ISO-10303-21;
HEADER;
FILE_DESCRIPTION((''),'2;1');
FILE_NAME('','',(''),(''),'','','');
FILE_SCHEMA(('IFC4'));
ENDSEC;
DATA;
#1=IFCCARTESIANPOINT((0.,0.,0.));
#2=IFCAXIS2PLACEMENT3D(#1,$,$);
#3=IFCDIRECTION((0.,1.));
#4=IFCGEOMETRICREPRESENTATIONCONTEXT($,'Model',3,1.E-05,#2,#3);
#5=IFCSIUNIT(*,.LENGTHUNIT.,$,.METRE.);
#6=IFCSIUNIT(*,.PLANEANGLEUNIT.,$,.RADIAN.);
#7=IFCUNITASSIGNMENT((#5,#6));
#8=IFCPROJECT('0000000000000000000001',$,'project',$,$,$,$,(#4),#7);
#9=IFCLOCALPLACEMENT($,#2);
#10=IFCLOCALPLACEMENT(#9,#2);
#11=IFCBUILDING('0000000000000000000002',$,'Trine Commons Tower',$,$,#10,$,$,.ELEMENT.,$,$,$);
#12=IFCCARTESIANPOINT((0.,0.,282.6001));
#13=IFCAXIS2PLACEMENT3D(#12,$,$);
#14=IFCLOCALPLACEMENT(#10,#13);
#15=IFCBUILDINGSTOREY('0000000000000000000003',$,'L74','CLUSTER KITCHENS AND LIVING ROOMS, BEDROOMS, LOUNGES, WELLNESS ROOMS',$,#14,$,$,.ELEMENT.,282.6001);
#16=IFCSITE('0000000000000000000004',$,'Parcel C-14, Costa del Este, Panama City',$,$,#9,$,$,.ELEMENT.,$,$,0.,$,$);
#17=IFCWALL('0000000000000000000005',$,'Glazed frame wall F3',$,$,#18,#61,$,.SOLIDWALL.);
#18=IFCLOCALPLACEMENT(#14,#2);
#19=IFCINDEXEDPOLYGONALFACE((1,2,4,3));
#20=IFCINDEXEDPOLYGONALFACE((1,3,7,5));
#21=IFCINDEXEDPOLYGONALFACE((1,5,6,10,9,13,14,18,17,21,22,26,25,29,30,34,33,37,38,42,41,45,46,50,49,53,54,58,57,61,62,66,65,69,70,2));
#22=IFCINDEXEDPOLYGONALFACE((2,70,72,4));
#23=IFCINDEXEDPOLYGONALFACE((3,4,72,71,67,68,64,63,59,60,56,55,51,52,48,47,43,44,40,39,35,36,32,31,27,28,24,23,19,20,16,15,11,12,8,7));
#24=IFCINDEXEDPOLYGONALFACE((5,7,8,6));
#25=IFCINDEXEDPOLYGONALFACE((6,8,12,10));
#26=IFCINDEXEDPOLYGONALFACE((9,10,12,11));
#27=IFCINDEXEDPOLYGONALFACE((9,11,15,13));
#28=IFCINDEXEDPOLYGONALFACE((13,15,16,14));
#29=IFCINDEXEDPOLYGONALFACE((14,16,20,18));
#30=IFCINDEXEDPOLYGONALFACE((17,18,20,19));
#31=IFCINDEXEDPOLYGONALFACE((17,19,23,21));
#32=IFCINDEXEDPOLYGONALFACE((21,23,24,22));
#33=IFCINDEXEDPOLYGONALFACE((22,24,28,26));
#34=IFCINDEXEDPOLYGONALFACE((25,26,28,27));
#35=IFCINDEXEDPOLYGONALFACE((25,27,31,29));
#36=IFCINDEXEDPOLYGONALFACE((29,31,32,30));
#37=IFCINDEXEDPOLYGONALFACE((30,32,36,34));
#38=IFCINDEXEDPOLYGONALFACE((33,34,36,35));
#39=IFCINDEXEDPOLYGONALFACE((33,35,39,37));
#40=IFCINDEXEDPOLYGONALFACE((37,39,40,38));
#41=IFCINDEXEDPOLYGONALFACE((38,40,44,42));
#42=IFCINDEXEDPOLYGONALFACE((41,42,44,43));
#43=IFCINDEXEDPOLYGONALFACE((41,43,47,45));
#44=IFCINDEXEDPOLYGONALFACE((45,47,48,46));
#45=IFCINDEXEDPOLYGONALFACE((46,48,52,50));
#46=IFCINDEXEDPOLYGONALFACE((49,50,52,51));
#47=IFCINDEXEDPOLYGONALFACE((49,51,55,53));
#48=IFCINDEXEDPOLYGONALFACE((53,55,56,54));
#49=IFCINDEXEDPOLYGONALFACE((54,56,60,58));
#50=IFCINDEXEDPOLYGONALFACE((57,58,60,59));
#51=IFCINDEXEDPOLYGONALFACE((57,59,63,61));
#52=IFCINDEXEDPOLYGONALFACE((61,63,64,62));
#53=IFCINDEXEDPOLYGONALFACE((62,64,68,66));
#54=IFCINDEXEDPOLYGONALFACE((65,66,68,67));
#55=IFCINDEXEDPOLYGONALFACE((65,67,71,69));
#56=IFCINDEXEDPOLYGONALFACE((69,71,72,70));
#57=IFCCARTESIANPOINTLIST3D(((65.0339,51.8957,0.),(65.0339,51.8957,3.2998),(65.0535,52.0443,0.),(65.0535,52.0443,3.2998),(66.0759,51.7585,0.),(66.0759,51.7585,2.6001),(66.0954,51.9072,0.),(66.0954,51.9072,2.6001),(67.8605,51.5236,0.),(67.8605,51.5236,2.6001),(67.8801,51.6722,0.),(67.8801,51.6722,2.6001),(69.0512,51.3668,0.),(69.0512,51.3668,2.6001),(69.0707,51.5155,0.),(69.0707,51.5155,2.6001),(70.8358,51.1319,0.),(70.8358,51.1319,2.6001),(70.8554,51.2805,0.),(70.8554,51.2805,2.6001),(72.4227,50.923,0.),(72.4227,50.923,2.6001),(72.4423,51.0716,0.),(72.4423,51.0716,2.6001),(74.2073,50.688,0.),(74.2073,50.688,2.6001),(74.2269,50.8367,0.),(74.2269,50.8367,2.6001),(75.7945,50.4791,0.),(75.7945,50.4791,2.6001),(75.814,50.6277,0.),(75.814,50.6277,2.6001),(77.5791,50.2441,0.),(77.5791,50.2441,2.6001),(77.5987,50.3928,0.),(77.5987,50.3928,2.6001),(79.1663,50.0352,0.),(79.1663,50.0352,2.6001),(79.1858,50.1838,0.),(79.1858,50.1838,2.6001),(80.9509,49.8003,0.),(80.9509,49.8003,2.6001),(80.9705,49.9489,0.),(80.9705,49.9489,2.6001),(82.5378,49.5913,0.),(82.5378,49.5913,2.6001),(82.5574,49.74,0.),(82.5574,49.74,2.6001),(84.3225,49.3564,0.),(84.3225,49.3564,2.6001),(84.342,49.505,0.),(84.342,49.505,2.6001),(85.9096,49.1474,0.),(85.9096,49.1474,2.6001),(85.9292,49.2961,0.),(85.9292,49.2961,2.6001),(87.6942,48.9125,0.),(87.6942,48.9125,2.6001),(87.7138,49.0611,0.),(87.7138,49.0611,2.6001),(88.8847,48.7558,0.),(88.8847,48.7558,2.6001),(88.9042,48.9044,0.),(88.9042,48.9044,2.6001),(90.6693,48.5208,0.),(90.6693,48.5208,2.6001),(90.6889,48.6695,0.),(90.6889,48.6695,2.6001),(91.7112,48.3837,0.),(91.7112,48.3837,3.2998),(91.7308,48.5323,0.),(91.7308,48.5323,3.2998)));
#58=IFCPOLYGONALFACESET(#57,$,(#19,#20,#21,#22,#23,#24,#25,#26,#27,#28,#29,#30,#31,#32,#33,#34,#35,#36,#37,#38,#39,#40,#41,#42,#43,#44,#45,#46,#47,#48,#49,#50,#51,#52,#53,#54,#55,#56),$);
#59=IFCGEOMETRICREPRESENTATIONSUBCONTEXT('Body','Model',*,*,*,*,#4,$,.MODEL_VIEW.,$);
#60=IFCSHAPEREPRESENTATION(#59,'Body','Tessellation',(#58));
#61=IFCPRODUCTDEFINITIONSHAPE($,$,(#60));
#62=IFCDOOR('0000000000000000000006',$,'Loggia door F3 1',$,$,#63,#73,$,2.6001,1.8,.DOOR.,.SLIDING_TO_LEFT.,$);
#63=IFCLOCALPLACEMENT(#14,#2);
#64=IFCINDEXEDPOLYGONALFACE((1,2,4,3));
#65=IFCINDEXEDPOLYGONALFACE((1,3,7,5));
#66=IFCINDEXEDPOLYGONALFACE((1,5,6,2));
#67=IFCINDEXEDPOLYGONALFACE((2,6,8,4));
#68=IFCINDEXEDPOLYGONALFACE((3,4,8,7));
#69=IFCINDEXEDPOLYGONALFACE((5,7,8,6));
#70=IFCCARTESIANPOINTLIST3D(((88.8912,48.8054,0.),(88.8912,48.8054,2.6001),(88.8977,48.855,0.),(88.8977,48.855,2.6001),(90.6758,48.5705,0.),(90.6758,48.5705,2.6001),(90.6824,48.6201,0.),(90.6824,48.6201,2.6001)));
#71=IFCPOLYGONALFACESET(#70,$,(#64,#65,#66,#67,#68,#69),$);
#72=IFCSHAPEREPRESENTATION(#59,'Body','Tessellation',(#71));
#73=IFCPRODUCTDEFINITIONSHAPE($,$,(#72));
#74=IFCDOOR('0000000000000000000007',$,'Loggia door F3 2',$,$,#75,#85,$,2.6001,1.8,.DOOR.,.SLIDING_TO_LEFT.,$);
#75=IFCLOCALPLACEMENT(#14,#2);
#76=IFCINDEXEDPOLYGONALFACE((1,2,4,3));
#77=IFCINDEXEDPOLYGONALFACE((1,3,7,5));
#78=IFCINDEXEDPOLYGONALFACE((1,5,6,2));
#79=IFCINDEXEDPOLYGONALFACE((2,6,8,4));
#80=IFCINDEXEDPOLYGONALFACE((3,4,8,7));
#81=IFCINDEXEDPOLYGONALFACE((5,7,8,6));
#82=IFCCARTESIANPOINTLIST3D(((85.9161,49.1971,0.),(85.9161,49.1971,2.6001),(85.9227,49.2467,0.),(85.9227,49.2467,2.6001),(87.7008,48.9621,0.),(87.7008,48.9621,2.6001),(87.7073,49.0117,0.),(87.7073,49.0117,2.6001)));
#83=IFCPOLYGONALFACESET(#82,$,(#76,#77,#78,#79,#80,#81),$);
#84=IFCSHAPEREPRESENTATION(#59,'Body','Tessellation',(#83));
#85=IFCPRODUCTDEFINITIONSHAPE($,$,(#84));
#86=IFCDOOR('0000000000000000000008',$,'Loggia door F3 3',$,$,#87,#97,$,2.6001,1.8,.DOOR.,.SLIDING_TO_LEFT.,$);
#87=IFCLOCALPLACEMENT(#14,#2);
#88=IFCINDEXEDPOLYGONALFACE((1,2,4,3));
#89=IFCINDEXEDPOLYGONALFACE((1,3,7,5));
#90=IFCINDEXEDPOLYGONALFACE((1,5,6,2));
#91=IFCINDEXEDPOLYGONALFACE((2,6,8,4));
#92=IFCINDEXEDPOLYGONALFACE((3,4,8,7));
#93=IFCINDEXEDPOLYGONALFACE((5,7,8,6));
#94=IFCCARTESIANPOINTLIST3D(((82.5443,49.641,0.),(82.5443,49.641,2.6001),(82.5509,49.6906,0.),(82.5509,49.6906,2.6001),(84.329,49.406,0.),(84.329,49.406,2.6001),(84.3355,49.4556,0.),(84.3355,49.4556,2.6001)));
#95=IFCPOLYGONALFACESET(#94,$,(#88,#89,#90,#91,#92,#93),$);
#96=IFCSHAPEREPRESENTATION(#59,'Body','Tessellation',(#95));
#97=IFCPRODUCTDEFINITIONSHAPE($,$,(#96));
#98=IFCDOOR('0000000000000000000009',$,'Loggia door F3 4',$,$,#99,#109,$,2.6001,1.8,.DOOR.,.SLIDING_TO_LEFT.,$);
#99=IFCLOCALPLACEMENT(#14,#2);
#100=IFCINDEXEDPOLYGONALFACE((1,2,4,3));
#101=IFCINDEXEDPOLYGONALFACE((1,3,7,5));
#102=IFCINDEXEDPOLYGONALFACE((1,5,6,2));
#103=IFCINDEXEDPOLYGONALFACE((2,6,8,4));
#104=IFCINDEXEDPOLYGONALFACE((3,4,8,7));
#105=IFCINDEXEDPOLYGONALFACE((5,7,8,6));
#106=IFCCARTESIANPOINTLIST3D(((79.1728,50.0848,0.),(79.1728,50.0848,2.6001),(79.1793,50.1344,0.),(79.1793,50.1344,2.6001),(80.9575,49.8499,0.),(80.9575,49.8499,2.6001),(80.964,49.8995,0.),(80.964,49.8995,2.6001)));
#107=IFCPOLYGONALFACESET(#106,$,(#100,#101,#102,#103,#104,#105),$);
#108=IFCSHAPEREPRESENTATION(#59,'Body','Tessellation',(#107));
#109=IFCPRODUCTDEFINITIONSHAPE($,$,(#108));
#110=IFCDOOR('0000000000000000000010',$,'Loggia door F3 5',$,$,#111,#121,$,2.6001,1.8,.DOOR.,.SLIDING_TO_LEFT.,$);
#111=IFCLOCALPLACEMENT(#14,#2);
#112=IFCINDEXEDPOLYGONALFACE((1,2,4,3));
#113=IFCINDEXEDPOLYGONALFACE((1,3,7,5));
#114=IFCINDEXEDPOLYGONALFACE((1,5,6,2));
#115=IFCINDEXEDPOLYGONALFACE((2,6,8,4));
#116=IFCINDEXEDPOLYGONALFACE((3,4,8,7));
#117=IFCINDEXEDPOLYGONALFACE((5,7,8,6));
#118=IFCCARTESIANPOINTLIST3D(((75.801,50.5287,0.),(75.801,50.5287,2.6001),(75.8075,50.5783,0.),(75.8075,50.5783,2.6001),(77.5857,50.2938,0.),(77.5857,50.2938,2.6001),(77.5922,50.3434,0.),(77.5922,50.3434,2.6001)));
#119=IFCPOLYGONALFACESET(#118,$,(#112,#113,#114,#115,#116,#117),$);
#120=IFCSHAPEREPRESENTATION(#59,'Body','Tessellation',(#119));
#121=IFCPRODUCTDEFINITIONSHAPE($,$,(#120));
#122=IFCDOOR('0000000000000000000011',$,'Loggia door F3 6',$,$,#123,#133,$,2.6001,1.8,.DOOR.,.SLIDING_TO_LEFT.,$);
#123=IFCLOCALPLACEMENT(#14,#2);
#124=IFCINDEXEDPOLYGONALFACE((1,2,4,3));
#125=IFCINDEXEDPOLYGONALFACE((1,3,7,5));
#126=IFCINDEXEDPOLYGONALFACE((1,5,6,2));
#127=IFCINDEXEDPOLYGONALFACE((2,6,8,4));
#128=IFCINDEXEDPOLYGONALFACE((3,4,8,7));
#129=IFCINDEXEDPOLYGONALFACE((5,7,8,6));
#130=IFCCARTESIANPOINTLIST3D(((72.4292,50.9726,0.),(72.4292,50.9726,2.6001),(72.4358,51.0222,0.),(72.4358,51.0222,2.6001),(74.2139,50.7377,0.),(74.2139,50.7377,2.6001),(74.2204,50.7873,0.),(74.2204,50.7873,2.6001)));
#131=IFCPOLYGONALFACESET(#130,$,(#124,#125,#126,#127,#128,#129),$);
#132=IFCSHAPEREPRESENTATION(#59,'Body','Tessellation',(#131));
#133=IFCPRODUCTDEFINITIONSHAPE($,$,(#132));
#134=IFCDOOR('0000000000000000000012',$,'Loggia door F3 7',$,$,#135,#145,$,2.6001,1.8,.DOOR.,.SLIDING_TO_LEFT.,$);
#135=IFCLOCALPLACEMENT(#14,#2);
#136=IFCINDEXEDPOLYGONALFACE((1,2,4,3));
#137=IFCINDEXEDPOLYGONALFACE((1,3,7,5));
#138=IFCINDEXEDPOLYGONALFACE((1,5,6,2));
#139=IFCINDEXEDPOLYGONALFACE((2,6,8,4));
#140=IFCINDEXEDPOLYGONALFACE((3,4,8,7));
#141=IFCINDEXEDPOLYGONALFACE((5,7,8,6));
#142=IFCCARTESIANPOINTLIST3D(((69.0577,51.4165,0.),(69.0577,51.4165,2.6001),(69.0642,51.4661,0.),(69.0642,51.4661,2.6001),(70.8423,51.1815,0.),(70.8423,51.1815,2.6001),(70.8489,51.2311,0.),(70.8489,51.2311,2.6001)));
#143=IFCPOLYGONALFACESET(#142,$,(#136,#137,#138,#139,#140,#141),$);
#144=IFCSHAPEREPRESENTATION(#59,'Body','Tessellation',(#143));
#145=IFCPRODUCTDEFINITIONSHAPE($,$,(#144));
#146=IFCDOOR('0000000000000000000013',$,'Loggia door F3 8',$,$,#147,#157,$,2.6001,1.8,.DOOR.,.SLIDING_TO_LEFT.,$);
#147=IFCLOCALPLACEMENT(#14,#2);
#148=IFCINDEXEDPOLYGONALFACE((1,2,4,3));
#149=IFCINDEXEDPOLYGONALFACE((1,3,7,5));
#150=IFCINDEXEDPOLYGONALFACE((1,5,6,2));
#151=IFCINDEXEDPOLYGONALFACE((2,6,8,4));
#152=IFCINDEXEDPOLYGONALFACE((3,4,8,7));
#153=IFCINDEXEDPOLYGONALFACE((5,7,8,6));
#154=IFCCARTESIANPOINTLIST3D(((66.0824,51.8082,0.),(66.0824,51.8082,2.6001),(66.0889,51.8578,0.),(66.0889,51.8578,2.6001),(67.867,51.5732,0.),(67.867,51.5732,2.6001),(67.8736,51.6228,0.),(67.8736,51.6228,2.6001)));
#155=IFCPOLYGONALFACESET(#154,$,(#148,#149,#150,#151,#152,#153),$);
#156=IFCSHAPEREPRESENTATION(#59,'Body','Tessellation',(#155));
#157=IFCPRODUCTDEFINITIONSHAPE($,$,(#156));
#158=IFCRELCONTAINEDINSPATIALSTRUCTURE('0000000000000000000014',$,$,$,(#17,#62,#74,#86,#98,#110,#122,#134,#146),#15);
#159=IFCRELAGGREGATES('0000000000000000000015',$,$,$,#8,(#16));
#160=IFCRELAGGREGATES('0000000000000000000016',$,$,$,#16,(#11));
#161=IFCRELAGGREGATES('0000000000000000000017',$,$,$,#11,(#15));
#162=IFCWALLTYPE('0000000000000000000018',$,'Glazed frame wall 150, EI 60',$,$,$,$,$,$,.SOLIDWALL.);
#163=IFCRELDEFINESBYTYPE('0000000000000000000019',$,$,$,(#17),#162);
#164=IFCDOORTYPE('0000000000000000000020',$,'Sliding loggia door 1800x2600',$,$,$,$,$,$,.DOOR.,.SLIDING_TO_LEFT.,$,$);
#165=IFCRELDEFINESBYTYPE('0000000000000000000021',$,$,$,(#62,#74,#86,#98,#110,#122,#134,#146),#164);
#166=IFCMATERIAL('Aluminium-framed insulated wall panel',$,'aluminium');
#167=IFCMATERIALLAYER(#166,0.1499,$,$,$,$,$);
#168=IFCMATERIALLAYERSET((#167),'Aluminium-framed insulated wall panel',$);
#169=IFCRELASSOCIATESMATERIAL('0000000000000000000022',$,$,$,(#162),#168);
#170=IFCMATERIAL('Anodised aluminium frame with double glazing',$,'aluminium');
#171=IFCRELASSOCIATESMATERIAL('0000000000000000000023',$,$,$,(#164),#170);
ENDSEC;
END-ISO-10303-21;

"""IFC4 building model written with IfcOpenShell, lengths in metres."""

from ifc_helpers import new_model, si_unit, direction, frame, frame_2d, origin, place, context, subcontext, project, spatial, polyline, rectangle, outline, extrude, material, layer, layer_set, type_object, element, fill, save


model = new_model("IFC4")

# Units and contexts
model_context = context("Model", 3, precision=1e-05, world=origin(), true_north=direction((0.0, 1.0)))
body_context = subcontext(model_context, "Body", "Model", "MODEL_VIEW")
ifc_project = project(units=[si_unit("LENGTHUNIT", "METRE"), si_unit("PLANEANGLEUNIT", "RADIAN")], contexts=[model_context])

# Site, building, storey
site_placement = place(None, origin())
site = spatial("IfcSite", under=ifc_project, at=site_placement, Name="Parcel C-14, Costa del Este, Panama City", CompositionType="ELEMENT", RefElevation=0.0)
building_placement = place(site_placement, origin())
building = spatial("IfcBuilding", under=site, at=building_placement, Name="Trine Commons Tower", CompositionType="ELEMENT")
storey_placement = place(building_placement, frame((0.0, 0.0, 282.6001)))
storey = spatial("IfcBuildingStorey", under=building, at=storey_placement, Name="L74", Description="CLUSTER KITCHENS AND LIVING ROOMS, BEDROOMS, LOUNGES, WELLNESS ROOMS", CompositionType="ELEMENT", Elevation=282.6001)

# Shared definitions
ifc_material_1 = material(Name="Aluminium-framed insulated wall panel", Category="aluminium")
ifc_layer_1 = layer(ifc_material_1, 0.1499)
ifc_layer_set_1 = layer_set([ifc_layer_1], Name="Aluminium-framed insulated wall panel")
wall_type_1 = type_object("IfcWallType", Name="Glazed frame wall 150, EI 60", PredefinedType="SOLIDWALL", material=ifc_layer_set_1)

# Shared definitions
ifc_material_2 = material(Name="Anodised aluminium frame with double glazing", Category="aluminium")
door_type = type_object("IfcDoorType", Name="Sliding loggia door 1800x2600", OperationType="SLIDING_TO_LEFT", PredefinedType="DOOR", material=ifc_material_2)

# Wall, openings, doors
wall_1_placement = place(storey_placement, frame((91.8691, 48.4385, 0.0), z_axis=(0.0, 0.0, 1.0), x_axis=(-0.991445, 0.130523, 0.0)))
wall_1 = element("IfcWall", 1, at=wall_1_placement, inside=storey, type_object=wall_type_1, Name="Glazed frame wall F3", PredefinedType="SOLIDWALL", context=body_context, shape_type="SweptSolid", body=[
    extrude(outline(polyline([(0.1494, 0.075), (0.1494, -0.075), (27.0569, -0.075), (27.0569, 0.075), (0.1494, 0.075)])), origin(), (0.0, 0.0, 1.0), 3.2998),
])
opening_1_placement = place(wall_1_placement, frame((1.2004, 0.0, 0.0)))
opening_1 = element("IfcOpeningElement", 2, at=opening_1_placement, cuts=wall_1, PredefinedType="OPENING", context=body_context, shape_type="SweptSolid", body=[
    extrude(rectangle(XDim=1.8, YDim=2.6001, at=frame_2d((0.8999, 1.3))), frame((0.0, 0.085, 0.0), z_axis=(0.0, -1.0, 0.0), x_axis=(1.0, 0.0, 0.0)), (0.0, 0.0, 1.0), 0.1699),
])
opening_2_placement = place(wall_1_placement, frame((4.2012, 0.0, 0.0)))
opening_2 = element("IfcOpeningElement", 3, at=opening_2_placement, cuts=wall_1, PredefinedType="OPENING", context=body_context, shape_type="SweptSolid", body=[
    extrude(rectangle(XDim=1.8, YDim=2.6001, at=frame_2d((0.8999, 1.3))), frame((0.0, 0.085, 0.0), z_axis=(0.0, -1.0, 0.0), x_axis=(1.0, 0.0, 0.0)), (0.0, 0.0, 1.0), 0.1699),
])
opening_3_placement = place(wall_1_placement, frame((7.6021, 0.0, 0.0)))
opening_3 = element("IfcOpeningElement", 4, at=opening_3_placement, cuts=wall_1, PredefinedType="OPENING", context=body_context, shape_type="SweptSolid", body=[
    extrude(rectangle(XDim=1.8, YDim=2.6001, at=frame_2d((0.8999, 1.3))), frame((0.0, 0.085, 0.0), z_axis=(0.0, -1.0, 0.0), x_axis=(1.0, 0.0, 0.0)), (0.0, 0.0, 1.0), 0.1699),
])
opening_4_placement = place(wall_1_placement, frame((11.0027, 0.0, 0.0)))
opening_4 = element("IfcOpeningElement", 5, at=opening_4_placement, cuts=wall_1, PredefinedType="OPENING", context=body_context, shape_type="SweptSolid", body=[
    extrude(rectangle(XDim=1.8, YDim=2.6001, at=frame_2d((0.8999, 1.3))), frame((0.0, 0.085, 0.0), z_axis=(0.0, -1.0, 0.0), x_axis=(1.0, 0.0, 0.0)), (0.0, 0.0, 1.0), 0.1699),
])
opening_5_placement = place(wall_1_placement, frame((14.4036, 0.0, 0.0)))
opening_5 = element("IfcOpeningElement", 6, at=opening_5_placement, cuts=wall_1, PredefinedType="OPENING", context=body_context, shape_type="SweptSolid", body=[
    extrude(rectangle(XDim=1.8, YDim=2.6001, at=frame_2d((0.8999, 1.3))), frame((0.0, 0.085, 0.0), z_axis=(0.0, -1.0, 0.0), x_axis=(1.0, 0.0, 0.0)), (0.0, 0.0, 1.0), 0.1699),
])
opening_6_placement = place(wall_1_placement, frame((17.8044, 0.0, 0.0)))
opening_6 = element("IfcOpeningElement", 7, at=opening_6_placement, cuts=wall_1, PredefinedType="OPENING", context=body_context, shape_type="SweptSolid", body=[
    extrude(rectangle(XDim=1.8, YDim=2.6001, at=frame_2d((0.8999, 1.3))), frame((0.0, 0.085, 0.0), z_axis=(0.0, -1.0, 0.0), x_axis=(1.0, 0.0, 0.0)), (0.0, 0.0, 1.0), 0.1699),
])
opening_7_placement = place(wall_1_placement, frame((21.2051, 0.0, 0.0)))
opening_7 = element("IfcOpeningElement", 8, at=opening_7_placement, cuts=wall_1, PredefinedType="OPENING", context=body_context, shape_type="SweptSolid", body=[
    extrude(rectangle(XDim=1.8, YDim=2.6001, at=frame_2d((0.8999, 1.3))), frame((0.0, 0.085, 0.0), z_axis=(0.0, -1.0, 0.0), x_axis=(1.0, 0.0, 0.0)), (0.0, 0.0, 1.0), 0.1699),
])
opening_8_placement = place(wall_1_placement, frame((24.2061, 0.0, 0.0)))
opening_8 = element("IfcOpeningElement", 9, at=opening_8_placement, cuts=wall_1, PredefinedType="OPENING", context=body_context, shape_type="SweptSolid", body=[
    extrude(rectangle(XDim=1.8, YDim=2.6001, at=frame_2d((0.8999, 1.3))), frame((0.0, 0.085, 0.0), z_axis=(0.0, -1.0, 0.0), x_axis=(1.0, 0.0, 0.0)), (0.0, 0.0, 1.0), 0.1699),
])
door_1_placement = place(opening_1_placement, origin())
door_1 = element("IfcDoor", 10, at=door_1_placement, inside=storey, type_object=door_type, Name="Loggia door F3 1", OperationType="SLIDING_TO_LEFT", OverallHeight=2.6001, OverallWidth=1.8, PredefinedType="DOOR", context=body_context, shape_type="SweptSolid", body=[
    extrude(rectangle(XDim=1.8, YDim=2.6001, at=frame_2d((0.8999, 1.3))), frame((0.0, 0.0249, 0.0), z_axis=(0.0, -1.0, 0.0), x_axis=(1.0, 0.0, 0.0)), (0.0, 0.0, 1.0), 0.05),
])
fill(opening_1, door_1)
door_2_placement = place(opening_2_placement, origin())
door_2 = element("IfcDoor", 11, at=door_2_placement, inside=storey, type_object=door_type, Name="Loggia door F3 2", OperationType="SLIDING_TO_LEFT", OverallHeight=2.6001, OverallWidth=1.8, PredefinedType="DOOR", context=body_context, shape_type="SweptSolid", body=[
    extrude(rectangle(XDim=1.8, YDim=2.6001, at=frame_2d((0.8999, 1.3))), frame((0.0, 0.0249, 0.0), z_axis=(0.0, -1.0, 0.0), x_axis=(1.0, 0.0, 0.0)), (0.0, 0.0, 1.0), 0.05),
])
fill(opening_2, door_2)
door_3_placement = place(opening_3_placement, origin())
door_3 = element("IfcDoor", 12, at=door_3_placement, inside=storey, type_object=door_type, Name="Loggia door F3 3", OperationType="SLIDING_TO_LEFT", OverallHeight=2.6001, OverallWidth=1.8, PredefinedType="DOOR", context=body_context, shape_type="SweptSolid", body=[
    extrude(rectangle(XDim=1.8, YDim=2.6001, at=frame_2d((0.8999, 1.3))), frame((0.0, 0.0249, 0.0), z_axis=(0.0, -1.0, 0.0), x_axis=(1.0, 0.0, 0.0)), (0.0, 0.0, 1.0), 0.05),
])
fill(opening_3, door_3)
door_4_placement = place(opening_4_placement, origin())
door_4 = element("IfcDoor", 13, at=door_4_placement, inside=storey, type_object=door_type, Name="Loggia door F3 4", OperationType="SLIDING_TO_LEFT", OverallHeight=2.6001, OverallWidth=1.8, PredefinedType="DOOR", context=body_context, shape_type="SweptSolid", body=[
    extrude(rectangle(XDim=1.8, YDim=2.6001, at=frame_2d((0.8999, 1.3))), frame((0.0, 0.0249, 0.0), z_axis=(0.0, -1.0, 0.0), x_axis=(1.0, 0.0, 0.0)), (0.0, 0.0, 1.0), 0.05),
])
fill(opening_4, door_4)
door_5_placement = place(opening_5_placement, origin())
door_5 = element("IfcDoor", 14, at=door_5_placement, inside=storey, type_object=door_type, Name="Loggia door F3 5", OperationType="SLIDING_TO_LEFT", OverallHeight=2.6001, OverallWidth=1.8, PredefinedType="DOOR", context=body_context, shape_type="SweptSolid", body=[
    extrude(rectangle(XDim=1.8, YDim=2.6001, at=frame_2d((0.8999, 1.3))), frame((0.0, 0.0249, 0.0), z_axis=(0.0, -1.0, 0.0), x_axis=(1.0, 0.0, 0.0)), (0.0, 0.0, 1.0), 0.05),
])
fill(opening_5, door_5)
door_6_placement = place(opening_6_placement, origin())
door_6 = element("IfcDoor", 15, at=door_6_placement, inside=storey, type_object=door_type, Name="Loggia door F3 6", OperationType="SLIDING_TO_LEFT", OverallHeight=2.6001, OverallWidth=1.8, PredefinedType="DOOR", context=body_context, shape_type="SweptSolid", body=[
    extrude(rectangle(XDim=1.8, YDim=2.6001, at=frame_2d((0.8999, 1.3))), frame((0.0, 0.0249, 0.0), z_axis=(0.0, -1.0, 0.0), x_axis=(1.0, 0.0, 0.0)), (0.0, 0.0, 1.0), 0.05),
])
fill(opening_6, door_6)
door_7_placement = place(opening_7_placement, origin())
door_7 = element("IfcDoor", 16, at=door_7_placement, inside=storey, type_object=door_type, Name="Loggia door F3 7", OperationType="SLIDING_TO_LEFT", OverallHeight=2.6001, OverallWidth=1.8, PredefinedType="DOOR", context=body_context, shape_type="SweptSolid", body=[
    extrude(rectangle(XDim=1.8, YDim=2.6001, at=frame_2d((0.8999, 1.3))), frame((0.0, 0.0249, 0.0), z_axis=(0.0, -1.0, 0.0), x_axis=(1.0, 0.0, 0.0)), (0.0, 0.0, 1.0), 0.05),
])
fill(opening_7, door_7)
door_8_placement = place(opening_8_placement, origin())
door_8 = element("IfcDoor", 17, at=door_8_placement, inside=storey, type_object=door_type, Name="Loggia door F3 8", OperationType="SLIDING_TO_LEFT", OverallHeight=2.6001, OverallWidth=1.8, PredefinedType="DOOR", context=body_context, shape_type="SweptSolid", body=[
    extrude(rectangle(XDim=1.8, YDim=2.6001, at=frame_2d((0.8999, 1.3))), frame((0.0, 0.0249, 0.0), z_axis=(0.0, -1.0, 0.0), x_axis=(1.0, 0.0, 0.0)), (0.0, 0.0, 1.0), 0.05),
])
fill(opening_8, door_8)

save(model, "model.ifc")
